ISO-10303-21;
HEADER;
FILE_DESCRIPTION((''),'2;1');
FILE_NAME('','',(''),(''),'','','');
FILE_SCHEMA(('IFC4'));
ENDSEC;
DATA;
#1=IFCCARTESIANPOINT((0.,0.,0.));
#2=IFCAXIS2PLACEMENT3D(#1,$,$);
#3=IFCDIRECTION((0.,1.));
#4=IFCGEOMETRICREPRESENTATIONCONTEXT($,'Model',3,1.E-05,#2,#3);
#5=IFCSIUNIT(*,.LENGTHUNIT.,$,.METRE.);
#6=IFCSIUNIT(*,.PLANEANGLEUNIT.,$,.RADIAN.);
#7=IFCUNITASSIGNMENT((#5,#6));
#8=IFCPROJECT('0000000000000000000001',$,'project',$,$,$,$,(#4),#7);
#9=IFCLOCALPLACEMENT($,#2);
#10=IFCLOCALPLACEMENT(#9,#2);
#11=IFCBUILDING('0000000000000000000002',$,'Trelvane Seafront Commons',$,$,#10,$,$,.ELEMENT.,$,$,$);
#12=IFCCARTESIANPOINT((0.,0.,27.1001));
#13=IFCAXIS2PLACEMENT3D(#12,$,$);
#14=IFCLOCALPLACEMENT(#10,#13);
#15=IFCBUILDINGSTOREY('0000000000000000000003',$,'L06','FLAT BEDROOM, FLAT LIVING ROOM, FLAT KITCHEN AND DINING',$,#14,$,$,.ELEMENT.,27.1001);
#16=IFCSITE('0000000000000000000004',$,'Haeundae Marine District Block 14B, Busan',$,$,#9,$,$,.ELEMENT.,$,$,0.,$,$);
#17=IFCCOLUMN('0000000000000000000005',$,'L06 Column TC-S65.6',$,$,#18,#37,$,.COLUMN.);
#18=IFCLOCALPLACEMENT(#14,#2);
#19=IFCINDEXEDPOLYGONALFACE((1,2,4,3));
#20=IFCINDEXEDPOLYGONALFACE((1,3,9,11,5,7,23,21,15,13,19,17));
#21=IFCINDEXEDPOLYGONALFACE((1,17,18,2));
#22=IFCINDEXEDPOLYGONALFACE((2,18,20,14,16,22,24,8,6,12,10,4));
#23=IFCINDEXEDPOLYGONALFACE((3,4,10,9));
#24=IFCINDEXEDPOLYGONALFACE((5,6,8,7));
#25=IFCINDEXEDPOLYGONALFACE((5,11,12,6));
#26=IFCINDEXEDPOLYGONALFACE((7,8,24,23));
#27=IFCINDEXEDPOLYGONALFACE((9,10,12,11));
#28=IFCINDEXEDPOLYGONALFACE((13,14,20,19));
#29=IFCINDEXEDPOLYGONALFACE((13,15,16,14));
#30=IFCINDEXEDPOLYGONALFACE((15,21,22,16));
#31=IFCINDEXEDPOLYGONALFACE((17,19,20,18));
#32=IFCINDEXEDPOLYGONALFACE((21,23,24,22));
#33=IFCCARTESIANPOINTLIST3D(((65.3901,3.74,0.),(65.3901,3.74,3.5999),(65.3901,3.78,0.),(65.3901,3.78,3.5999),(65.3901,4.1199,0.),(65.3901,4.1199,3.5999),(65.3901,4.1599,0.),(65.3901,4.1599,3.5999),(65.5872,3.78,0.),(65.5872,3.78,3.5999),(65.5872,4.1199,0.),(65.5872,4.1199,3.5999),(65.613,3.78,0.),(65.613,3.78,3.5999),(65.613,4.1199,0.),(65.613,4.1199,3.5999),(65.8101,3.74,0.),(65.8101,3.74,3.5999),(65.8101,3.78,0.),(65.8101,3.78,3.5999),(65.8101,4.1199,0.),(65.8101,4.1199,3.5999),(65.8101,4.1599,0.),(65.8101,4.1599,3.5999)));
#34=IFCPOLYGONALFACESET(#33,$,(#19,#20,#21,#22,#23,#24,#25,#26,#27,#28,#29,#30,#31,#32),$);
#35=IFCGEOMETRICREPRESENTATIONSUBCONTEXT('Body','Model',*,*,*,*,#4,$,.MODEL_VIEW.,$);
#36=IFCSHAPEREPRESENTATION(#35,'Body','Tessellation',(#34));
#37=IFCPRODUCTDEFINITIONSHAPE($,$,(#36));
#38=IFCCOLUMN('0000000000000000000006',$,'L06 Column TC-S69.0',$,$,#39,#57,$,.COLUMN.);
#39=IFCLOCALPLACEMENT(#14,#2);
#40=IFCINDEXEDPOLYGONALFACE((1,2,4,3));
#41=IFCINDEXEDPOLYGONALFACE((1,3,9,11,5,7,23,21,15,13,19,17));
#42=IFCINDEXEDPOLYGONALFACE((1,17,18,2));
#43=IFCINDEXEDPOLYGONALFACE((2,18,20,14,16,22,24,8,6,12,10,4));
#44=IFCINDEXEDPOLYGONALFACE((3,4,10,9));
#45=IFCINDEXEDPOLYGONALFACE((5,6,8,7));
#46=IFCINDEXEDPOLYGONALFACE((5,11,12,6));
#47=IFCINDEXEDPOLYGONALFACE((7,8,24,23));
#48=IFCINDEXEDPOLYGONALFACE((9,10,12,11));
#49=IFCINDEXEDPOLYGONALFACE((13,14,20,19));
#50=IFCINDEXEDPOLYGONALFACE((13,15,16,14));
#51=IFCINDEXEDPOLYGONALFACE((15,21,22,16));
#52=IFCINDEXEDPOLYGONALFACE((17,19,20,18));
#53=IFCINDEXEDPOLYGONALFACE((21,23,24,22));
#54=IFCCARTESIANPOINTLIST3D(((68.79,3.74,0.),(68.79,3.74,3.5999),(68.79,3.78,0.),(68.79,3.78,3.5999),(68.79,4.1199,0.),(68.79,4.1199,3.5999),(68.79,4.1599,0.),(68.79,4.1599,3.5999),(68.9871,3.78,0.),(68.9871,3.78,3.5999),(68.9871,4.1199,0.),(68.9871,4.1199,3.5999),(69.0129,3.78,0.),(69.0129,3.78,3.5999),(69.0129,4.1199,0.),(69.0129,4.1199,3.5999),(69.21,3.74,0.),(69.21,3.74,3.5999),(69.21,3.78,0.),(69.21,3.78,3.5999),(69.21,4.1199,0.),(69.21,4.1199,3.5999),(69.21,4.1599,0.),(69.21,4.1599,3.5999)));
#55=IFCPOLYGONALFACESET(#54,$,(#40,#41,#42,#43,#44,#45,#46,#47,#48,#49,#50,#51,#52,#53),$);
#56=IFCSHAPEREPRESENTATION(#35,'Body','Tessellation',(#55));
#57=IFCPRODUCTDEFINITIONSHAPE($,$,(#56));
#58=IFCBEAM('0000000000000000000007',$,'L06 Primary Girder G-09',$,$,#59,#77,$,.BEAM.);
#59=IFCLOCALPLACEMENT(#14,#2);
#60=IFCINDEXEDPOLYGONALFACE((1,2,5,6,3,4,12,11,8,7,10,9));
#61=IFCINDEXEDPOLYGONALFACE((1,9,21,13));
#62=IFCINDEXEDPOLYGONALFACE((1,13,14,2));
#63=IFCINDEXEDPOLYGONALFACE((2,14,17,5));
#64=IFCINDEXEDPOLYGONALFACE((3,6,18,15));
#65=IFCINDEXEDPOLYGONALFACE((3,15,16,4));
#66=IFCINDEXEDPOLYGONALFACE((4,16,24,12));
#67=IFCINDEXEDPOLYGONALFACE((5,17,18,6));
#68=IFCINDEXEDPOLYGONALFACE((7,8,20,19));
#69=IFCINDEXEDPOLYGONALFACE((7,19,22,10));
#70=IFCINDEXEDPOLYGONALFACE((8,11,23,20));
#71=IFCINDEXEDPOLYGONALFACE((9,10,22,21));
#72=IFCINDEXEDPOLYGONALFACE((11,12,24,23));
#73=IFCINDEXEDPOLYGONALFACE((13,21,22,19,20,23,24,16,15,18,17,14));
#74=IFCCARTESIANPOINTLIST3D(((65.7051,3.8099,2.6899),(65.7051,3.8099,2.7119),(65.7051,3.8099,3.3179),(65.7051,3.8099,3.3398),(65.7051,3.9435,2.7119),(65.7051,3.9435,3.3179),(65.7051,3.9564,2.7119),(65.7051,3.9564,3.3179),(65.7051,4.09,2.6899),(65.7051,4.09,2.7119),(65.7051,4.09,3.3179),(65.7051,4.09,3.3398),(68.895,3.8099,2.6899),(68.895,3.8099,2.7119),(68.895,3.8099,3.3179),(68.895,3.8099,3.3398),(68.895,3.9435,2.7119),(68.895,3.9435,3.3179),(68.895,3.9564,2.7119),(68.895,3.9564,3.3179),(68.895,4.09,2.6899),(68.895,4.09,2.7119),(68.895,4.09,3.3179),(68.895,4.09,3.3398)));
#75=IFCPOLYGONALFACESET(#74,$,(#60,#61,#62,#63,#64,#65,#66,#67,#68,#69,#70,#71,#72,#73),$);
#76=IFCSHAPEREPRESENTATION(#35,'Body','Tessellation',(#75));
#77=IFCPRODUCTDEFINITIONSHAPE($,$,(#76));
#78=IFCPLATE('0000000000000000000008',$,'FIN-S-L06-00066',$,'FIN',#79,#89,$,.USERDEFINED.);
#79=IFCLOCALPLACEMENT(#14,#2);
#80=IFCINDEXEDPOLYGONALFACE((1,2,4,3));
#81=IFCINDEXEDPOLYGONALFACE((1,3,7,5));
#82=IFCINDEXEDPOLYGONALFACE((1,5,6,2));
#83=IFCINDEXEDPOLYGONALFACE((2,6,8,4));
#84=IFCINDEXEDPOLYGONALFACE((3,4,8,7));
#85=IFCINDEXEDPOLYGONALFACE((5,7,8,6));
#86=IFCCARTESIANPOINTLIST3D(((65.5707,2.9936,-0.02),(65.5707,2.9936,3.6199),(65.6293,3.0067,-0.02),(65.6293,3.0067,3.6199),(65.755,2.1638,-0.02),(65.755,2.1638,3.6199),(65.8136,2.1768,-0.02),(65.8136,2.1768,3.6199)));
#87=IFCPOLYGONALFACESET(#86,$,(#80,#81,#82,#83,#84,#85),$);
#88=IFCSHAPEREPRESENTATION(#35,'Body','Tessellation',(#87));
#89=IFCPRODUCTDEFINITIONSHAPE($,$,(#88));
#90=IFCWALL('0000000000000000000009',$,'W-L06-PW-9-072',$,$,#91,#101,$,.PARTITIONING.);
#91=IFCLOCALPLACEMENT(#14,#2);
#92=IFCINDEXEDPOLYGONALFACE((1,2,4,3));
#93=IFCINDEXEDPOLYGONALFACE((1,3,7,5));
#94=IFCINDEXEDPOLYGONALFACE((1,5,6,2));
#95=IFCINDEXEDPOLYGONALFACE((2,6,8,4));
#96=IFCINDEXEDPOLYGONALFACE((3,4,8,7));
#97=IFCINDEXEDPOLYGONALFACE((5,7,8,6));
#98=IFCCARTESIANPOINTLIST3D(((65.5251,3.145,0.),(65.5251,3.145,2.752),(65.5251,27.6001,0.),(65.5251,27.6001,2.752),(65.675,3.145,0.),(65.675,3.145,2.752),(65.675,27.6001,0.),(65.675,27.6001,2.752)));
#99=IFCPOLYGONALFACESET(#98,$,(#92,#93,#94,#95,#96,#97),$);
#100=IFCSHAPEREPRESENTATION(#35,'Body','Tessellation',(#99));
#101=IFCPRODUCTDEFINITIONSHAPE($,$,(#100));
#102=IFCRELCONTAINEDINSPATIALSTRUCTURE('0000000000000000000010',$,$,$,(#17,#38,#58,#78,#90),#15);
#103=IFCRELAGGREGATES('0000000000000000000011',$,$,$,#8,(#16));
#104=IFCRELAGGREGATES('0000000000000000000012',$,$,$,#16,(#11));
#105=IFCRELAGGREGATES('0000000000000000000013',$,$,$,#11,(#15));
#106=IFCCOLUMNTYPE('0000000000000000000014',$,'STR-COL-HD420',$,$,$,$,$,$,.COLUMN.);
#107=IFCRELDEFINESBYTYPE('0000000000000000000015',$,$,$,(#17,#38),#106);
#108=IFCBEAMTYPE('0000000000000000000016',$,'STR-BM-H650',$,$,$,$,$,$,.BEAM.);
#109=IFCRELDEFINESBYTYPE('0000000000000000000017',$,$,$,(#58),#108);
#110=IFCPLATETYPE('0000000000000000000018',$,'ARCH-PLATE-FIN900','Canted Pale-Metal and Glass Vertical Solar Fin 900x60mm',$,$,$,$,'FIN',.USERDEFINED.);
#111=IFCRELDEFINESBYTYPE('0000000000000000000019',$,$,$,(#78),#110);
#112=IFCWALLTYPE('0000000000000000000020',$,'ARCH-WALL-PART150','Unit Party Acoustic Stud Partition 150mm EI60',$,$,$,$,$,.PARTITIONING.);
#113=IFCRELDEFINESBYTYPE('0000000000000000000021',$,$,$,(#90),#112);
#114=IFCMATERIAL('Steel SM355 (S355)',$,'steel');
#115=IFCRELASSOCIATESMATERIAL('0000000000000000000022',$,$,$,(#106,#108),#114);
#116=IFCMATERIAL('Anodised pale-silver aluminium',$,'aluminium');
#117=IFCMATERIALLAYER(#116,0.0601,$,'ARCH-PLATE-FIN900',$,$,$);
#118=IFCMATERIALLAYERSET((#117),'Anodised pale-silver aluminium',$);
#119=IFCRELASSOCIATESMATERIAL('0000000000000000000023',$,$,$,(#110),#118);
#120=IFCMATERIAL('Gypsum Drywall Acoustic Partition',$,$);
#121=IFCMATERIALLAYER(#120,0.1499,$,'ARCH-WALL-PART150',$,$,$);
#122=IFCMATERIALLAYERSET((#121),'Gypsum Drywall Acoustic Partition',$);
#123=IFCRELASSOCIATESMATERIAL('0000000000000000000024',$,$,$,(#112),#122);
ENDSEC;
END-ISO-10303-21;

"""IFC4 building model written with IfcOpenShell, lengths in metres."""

from ifc_helpers import new_model, si_unit, direction, frame, frame_2d, origin, origin_2d, place, context, subcontext, project, spatial, rectangle, i_section, extrude, source, transform, mapped, material, layer, layer_set, material_profile, profile_set, type_object, element, save


model = new_model("IFC4")

# Units and contexts
model_context = context("Model", 3, precision=1e-05, world=origin(), true_north=direction((0.0, 1.0)))
body_context = subcontext(model_context, "Body", "Model", "MODEL_VIEW")
ifc_project = project(units=[si_unit("LENGTHUNIT", "METRE"), si_unit("PLANEANGLEUNIT", "RADIAN")], contexts=[model_context])

# Site, building, storey
site_placement = place(None, origin())
site = spatial("IfcSite", under=ifc_project, at=site_placement, Name="Haeundae Marine District Block 14B, Busan", CompositionType="ELEMENT", RefElevation=0.0)
building_placement = place(site_placement, origin())
building = spatial("IfcBuilding", under=site, at=building_placement, Name="Trelvane Seafront Commons", CompositionType="ELEMENT")
storey_placement = place(building_placement, frame((0.0, 0.0, 27.1001)))
storey = spatial("IfcBuildingStorey", under=building, at=storey_placement, Name="L06", Description="FLAT BEDROOM, FLAT LIVING ROOM, FLAT KITCHEN AND DINING", CompositionType="ELEMENT", Elevation=27.1001)

# Columns
ifc_material_1 = material(Name="Steel SM355 (S355)", Category="steel")
ifc_material_profile_1 = material_profile(ifc_material_1, i_section(OverallWidth=0.4199, OverallDepth=0.4199, WebThickness=0.0259, FlangeThickness=0.04, at=origin_2d()), Name="HD-420x420x26x40")
ifc_profile_set_1 = profile_set([ifc_material_profile_1], Name="Steel SM355 (S355)")
column_type = type_object("IfcColumnType", Name="STR-COL-HD420", PredefinedType="COLUMN", material=ifc_profile_set_1)
shared_shape_1 = source(origin(), body_context, "Body", "SweptSolid", [
    extrude(i_section(OverallWidth=0.4199, OverallDepth=0.4199, WebThickness=0.0259, FlangeThickness=0.04, at=origin_2d()), origin(), (0.0, 0.0, 1.0), 3.5999),
])
for number, where, z_axis, x_axis, name in (
    (1, (65.6001, 3.95, 0.0), (0.0, 0.0, 1.0), (1.0, 0.0, 0.0), "L06 Column TC-S65.6"),
    (2, (69.0, 3.95, 0.0), (0.0, 0.0, 1.0), (1.0, 0.0, 0.0), "L06 Column TC-S69.0"),
):
    element("IfcColumn", number, at=place(storey_placement, frame(where, z_axis=z_axis, x_axis=x_axis)), inside=storey, type_object=column_type, Name=name, PredefinedType="COLUMN", context=body_context, shape_type="MappedRepresentation", body=[
        mapped(shared_shape_1, transform((0.0, 0.0, 0.0), x_axis=(1.0, 0.0, 0.0), y_axis=(0.0, 1.0, 0.0), z_axis=(0.0, 0.0, 1.0), scale=1.0)),
    ])

# Beam
ifc_material_profile_2 = material_profile(ifc_material_1, i_section(OverallWidth=0.28, OverallDepth=0.6499, WebThickness=0.0129, FlangeThickness=0.022, at=origin_2d()), Name="H-650x280x13x22")
ifc_profile_set_2 = profile_set([ifc_material_profile_2], Name="Steel SM355 (S355)")
beam_type = type_object("IfcBeamType", Name="STR-BM-H650", PredefinedType="BEAM", material=ifc_profile_set_2)
shared_shape_2 = source(origin(), body_context, "Body", "SweptSolid", [
    extrude(i_section(OverallWidth=0.28, OverallDepth=0.6499, WebThickness=0.0129, FlangeThickness=0.022, at=origin_2d()), origin(), (0.0, 0.0, 1.0), 3.1899),
])
beam_placement = place(storey_placement, frame((65.7051, 3.95, 3.0149), z_axis=(1.0, 0.0, 0.0), x_axis=(0.0, 1.0, 0.0)))
element("IfcBeam", 3, at=beam_placement, inside=storey, type_object=beam_type, Name="L06 Primary Girder G-09", PredefinedType="BEAM", context=body_context, shape_type="MappedRepresentation", body=[
    mapped(shared_shape_2, transform((0.0, 0.0, 0.0), x_axis=(1.0, 0.0, 0.0), y_axis=(0.0, 1.0, 0.0), z_axis=(0.0, 0.0, 1.0), scale=1.0)),
])

# Plate
ifc_material_2 = material(Name="Anodised pale-silver aluminium", Category="aluminium")
ifc_layer_1 = layer(ifc_material_2, 0.0601, Name="ARCH-PLATE-FIN900")
ifc_layer_set_1 = layer_set([ifc_layer_1], Name="Anodised pale-silver aluminium")
plate_type = type_object("IfcPlateType", Name="ARCH-PLATE-FIN900", Description="Canted Pale-Metal and Glass Vertical Solar Fin 900x60mm", ElementType="FIN", PredefinedType="USERDEFINED", material=ifc_layer_set_1)
shared_shape_3 = source(origin(), body_context, "Body", "SweptSolid", [
    extrude(rectangle(XDim=0.8501, YDim=0.0601, at=origin_2d()), origin(), (0.0, 0.0, 1.0), 3.6399),
])
plate_placement = place(storey_placement, frame((65.6921, 2.5852, -0.02), z_axis=(0.0, 0.0, 1.0), x_axis=(0.216818, -0.976212, 0.0)))
element("IfcPlate", 4, at=plate_placement, inside=storey, type_object=plate_type, Name="FIN-S-L06-00066", ObjectType="FIN", PredefinedType="USERDEFINED", context=body_context, shape_type="MappedRepresentation", body=[
    mapped(shared_shape_3, transform((0.0, 0.0, 0.0), x_axis=(1.0, 0.0, 0.0), y_axis=(0.0, 1.0, 0.0), z_axis=(0.0, 0.0, 1.0), scale=1.0)),
])

# Wall
ifc_material_3 = material(Name="Gypsum Drywall Acoustic Partition")
ifc_layer_2 = layer(ifc_material_3, 0.1499, Name="ARCH-WALL-PART150")
ifc_layer_set_2 = layer_set([ifc_layer_2], Name="Gypsum Drywall Acoustic Partition")
wall_type_1 = type_object("IfcWallType", Name="ARCH-WALL-PART150", Description="Unit Party Acoustic Stud Partition 150mm EI60", PredefinedType="PARTITIONING", material=ifc_layer_set_2)
wall_1_placement = place(storey_placement, frame((65.6001, 3.145, 0.0), z_axis=(0.0, 0.0, 1.0), x_axis=(0.0, 1.0, 0.0)))
element("IfcWall", 5, at=wall_1_placement, inside=storey, type_object=wall_type_1, Name="W-L06-PW-9-072", PredefinedType="PARTITIONING", context=body_context, shape_type="SweptSolid", body=[
    extrude(rectangle(XDim=24.4551, YDim=0.1499, at=frame_2d((12.2275, 0.0))), origin(), (0.0, 0.0, 1.0), 2.752),
])

save(model, "model.ifc")
